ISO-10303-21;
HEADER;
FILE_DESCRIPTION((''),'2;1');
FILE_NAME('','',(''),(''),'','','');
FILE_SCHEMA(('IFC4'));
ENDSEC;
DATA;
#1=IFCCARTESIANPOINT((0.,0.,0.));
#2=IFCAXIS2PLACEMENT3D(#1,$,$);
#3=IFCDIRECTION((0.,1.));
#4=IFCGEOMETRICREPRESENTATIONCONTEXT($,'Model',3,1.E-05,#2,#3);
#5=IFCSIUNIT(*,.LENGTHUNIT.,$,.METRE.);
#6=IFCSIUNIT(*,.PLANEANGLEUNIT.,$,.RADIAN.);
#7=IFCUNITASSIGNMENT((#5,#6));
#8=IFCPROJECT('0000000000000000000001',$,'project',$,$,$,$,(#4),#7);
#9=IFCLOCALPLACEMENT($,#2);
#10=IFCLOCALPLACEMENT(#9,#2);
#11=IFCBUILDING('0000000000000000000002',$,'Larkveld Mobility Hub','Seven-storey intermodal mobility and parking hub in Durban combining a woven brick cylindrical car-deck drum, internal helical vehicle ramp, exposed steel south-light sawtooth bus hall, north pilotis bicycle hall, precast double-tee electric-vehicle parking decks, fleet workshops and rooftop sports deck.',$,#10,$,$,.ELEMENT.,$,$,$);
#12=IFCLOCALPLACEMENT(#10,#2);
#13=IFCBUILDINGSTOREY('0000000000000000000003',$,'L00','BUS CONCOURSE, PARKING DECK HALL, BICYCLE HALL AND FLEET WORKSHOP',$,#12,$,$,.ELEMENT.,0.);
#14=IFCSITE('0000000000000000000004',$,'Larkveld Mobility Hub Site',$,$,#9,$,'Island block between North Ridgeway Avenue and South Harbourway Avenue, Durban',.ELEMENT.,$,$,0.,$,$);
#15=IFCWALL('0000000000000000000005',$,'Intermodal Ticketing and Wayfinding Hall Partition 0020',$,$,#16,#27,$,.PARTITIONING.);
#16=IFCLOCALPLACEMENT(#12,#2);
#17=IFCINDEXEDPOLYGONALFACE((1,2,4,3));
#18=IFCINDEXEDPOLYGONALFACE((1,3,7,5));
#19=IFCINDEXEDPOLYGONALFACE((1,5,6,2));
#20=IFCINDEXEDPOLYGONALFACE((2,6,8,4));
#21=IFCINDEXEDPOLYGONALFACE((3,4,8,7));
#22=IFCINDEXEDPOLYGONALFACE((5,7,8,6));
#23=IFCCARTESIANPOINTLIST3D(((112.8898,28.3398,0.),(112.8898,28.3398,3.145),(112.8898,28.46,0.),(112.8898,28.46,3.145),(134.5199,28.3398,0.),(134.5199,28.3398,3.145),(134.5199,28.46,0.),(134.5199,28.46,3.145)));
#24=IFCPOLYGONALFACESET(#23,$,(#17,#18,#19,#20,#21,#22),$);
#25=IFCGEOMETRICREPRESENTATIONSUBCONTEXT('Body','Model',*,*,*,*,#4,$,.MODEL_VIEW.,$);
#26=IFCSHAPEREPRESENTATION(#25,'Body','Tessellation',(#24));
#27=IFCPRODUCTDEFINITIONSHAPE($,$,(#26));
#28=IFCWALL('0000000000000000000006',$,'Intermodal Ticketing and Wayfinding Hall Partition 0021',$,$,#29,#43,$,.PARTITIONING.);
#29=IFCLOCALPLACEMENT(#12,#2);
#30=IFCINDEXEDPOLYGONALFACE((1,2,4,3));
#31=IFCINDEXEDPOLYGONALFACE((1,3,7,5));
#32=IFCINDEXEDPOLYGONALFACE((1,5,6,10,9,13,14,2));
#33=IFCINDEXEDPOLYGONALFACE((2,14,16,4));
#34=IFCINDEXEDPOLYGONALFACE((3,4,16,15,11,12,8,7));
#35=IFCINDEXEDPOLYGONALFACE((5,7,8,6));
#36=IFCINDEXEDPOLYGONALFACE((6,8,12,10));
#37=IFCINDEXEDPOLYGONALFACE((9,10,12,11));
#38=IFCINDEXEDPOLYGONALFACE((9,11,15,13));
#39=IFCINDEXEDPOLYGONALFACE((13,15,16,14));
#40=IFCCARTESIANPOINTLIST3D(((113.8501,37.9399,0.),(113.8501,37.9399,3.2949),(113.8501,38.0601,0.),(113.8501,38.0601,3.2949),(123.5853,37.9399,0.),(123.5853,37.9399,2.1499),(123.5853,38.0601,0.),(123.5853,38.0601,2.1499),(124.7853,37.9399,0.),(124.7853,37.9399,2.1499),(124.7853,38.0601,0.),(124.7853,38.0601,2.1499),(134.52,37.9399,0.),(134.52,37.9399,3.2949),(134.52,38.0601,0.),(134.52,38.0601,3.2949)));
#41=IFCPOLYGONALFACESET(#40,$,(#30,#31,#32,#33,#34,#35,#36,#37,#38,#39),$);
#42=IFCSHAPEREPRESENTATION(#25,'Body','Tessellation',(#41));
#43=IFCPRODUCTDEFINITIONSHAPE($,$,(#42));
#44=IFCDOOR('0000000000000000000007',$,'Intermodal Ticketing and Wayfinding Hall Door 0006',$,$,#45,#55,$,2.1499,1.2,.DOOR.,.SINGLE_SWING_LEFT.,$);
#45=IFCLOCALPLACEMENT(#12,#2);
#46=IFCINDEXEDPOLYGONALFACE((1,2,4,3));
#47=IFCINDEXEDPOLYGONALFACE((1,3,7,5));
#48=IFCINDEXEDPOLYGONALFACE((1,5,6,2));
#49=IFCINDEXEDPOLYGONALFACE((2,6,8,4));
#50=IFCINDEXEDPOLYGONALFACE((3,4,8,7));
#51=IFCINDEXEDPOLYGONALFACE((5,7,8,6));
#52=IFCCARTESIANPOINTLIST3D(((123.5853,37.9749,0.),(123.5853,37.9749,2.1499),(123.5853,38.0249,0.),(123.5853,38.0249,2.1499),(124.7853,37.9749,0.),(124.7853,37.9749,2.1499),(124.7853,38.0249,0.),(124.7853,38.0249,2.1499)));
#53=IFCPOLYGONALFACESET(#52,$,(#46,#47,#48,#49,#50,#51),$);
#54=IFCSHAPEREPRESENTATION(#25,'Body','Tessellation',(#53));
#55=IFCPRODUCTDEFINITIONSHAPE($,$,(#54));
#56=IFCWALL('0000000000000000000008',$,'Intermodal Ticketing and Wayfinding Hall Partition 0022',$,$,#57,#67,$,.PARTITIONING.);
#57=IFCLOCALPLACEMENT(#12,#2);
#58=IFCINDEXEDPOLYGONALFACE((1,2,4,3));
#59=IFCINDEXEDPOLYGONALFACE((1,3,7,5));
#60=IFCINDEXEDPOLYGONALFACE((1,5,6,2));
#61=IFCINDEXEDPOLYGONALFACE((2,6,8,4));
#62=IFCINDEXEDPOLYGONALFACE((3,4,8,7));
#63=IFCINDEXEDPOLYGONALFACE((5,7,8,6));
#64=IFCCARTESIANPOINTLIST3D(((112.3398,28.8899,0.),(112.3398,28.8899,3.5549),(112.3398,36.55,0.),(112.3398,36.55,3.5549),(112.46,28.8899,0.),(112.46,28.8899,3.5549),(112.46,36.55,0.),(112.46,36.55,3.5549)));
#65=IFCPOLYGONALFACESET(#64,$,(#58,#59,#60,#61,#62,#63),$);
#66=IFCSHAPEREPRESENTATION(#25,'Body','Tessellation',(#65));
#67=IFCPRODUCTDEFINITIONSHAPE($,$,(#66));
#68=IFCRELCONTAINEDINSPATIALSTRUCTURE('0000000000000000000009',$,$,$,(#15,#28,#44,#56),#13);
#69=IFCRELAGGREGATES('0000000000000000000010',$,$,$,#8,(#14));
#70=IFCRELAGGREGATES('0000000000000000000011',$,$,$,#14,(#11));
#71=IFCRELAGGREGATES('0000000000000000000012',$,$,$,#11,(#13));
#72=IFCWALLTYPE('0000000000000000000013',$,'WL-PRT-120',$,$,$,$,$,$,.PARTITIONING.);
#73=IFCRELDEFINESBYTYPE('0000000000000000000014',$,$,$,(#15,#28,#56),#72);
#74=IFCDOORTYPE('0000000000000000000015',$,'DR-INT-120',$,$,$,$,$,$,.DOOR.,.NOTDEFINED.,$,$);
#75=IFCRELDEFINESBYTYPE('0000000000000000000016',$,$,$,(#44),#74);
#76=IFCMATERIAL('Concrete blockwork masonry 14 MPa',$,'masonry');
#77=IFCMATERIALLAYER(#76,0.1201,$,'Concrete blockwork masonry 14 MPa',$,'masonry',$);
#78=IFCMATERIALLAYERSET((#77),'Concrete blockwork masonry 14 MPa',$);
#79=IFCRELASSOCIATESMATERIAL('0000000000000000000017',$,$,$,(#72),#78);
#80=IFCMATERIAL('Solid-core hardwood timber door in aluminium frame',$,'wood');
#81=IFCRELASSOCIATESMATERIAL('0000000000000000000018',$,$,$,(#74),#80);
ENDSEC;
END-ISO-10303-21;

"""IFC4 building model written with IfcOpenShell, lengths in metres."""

from ifc_helpers import new_model, si_unit, direction, frame, frame_2d, origin, place, context, subcontext, project, spatial, rectangle, extrude, material, layer, layer_set, type_object, element, fill, save


model = new_model("IFC4")

# Units and contexts
model_context = context("Model", 3, precision=1e-05, world=origin(), true_north=direction((0.0, 1.0)))
body_context = subcontext(model_context, "Body", "Model", "MODEL_VIEW")
ifc_project = project(units=[si_unit("LENGTHUNIT", "METRE"), si_unit("PLANEANGLEUNIT", "RADIAN")], contexts=[model_context])

# Site, building, storey
site_placement = place(None, origin())
site = spatial("IfcSite", under=ifc_project, at=site_placement, Name="Larkveld Mobility Hub Site", LongName="Island block between North Ridgeway Avenue and South Harbourway Avenue, Durban", CompositionType="ELEMENT", RefElevation=0.0)
building_placement = place(site_placement, origin())
building = spatial("IfcBuilding", under=site, at=building_placement, Name="Larkveld Mobility Hub", Description="Seven-storey intermodal mobility and parking hub in Durban combining a woven brick cylindrical car-deck drum, internal helical vehicle ramp, exposed steel south-light sawtooth bus hall, north pilotis bicycle hall, precast double-tee electric-vehicle parking decks, fleet workshops and rooftop sports deck.", CompositionType="ELEMENT")
storey_placement = place(building_placement, origin())
storey = spatial("IfcBuildingStorey", under=building, at=storey_placement, Name="L00", Description="BUS CONCOURSE, PARKING DECK HALL, BICYCLE HALL AND FLEET WORKSHOP", CompositionType="ELEMENT", Elevation=0.0)

# Wall
ifc_material_1 = material(Name="Concrete blockwork masonry 14 MPa", Category="masonry")
ifc_layer = layer(ifc_material_1, 0.1201, Name="Concrete blockwork masonry 14 MPa", Category="masonry")
ifc_layer_set = layer_set([ifc_layer], Name="Concrete blockwork masonry 14 MPa")
wall_type = type_object("IfcWallType", Name="WL-PRT-120", PredefinedType="PARTITIONING", material=ifc_layer_set)
wall_1_placement = place(storey_placement, frame((112.8899, 28.3999, 0.0), z_axis=(0.0, 0.0, 1.0), x_axis=(1.0, 0.0, 0.0)))
element("IfcWall", 1, at=wall_1_placement, inside=storey, type_object=wall_type, Name="Intermodal Ticketing and Wayfinding Hall Partition 0020", PredefinedType="PARTITIONING", context=body_context, shape_type="SweptSolid", body=[
    extrude(rectangle(XDim=21.6301, YDim=0.1201, at=frame_2d((10.8149, 0.0))), origin(), (0.0, 0.0, 1.0), 3.145),
])

# Wall, opening, door
wall_2_placement = place(storey_placement, frame((113.8501, 38.0, 0.0), z_axis=(0.0, 0.0, 1.0), x_axis=(1.0, 0.0, 0.0)))
wall_2 = element("IfcWall", 2, at=wall_2_placement, inside=storey, type_object=wall_type, Name="Intermodal Ticketing and Wayfinding Hall Partition 0021", PredefinedType="PARTITIONING", context=body_context, shape_type="SweptSolid", body=[
    extrude(rectangle(XDim=20.6699, YDim=0.1201, at=frame_2d((10.335, 0.0))), origin(), (0.0, 0.0, 1.0), 3.2949),
])
opening_placement = place(wall_2_placement, frame((9.7351, 0.0, 0.0)))
opening = element("IfcOpeningElement", 3, at=opening_placement, cuts=wall_2, PredefinedType="OPENING", context=body_context, shape_type="SweptSolid", body=[
    extrude(rectangle(XDim=1.2, YDim=2.1499, at=frame_2d((0.6001, 1.075))), frame((0.0, 0.0701, 0.0), z_axis=(0.0, -1.0, 0.0), x_axis=(1.0, 0.0, 0.0)), (0.0, 0.0, 1.0), 0.1401),
])
ifc_material_2 = material(Name="Solid-core hardwood timber door in aluminium frame", Category="wood")
door_type = type_object("IfcDoorType", Name="DR-INT-120", OperationType="NOTDEFINED", PredefinedType="DOOR", material=ifc_material_2)
door_placement = place(opening_placement, origin())
door = element("IfcDoor", 4, at=door_placement, inside=storey, type_object=door_type, Name="Intermodal Ticketing and Wayfinding Hall Door 0006", OperationType="SINGLE_SWING_LEFT", OverallHeight=2.1499, OverallWidth=1.2, PredefinedType="DOOR", context=body_context, shape_type="SweptSolid", body=[
    extrude(rectangle(XDim=1.2, YDim=2.1499, at=frame_2d((0.6001, 1.075))), frame((0.0, 0.0249, 0.0), z_axis=(0.0, -1.0, 0.0), x_axis=(1.0, 0.0, 0.0)), (0.0, 0.0, 1.0), 0.05),
])
fill(opening, door)

# Wall
wall_3_placement = place(storey_placement, frame((112.3999, 28.8899, 0.0), z_axis=(0.0, 0.0, 1.0), x_axis=(0.0, 1.0, 0.0)))
element("IfcWall", 5, at=wall_3_placement, inside=storey, type_object=wall_type, Name="Intermodal Ticketing and Wayfinding Hall Partition 0022", PredefinedType="PARTITIONING", context=body_context, shape_type="SweptSolid", body=[
    extrude(rectangle(XDim=7.6602, YDim=0.1201, at=frame_2d((3.8301, 0.0))), origin(), (0.0, 0.0, 1.0), 3.5549),
])

save(model, "model.ifc")
